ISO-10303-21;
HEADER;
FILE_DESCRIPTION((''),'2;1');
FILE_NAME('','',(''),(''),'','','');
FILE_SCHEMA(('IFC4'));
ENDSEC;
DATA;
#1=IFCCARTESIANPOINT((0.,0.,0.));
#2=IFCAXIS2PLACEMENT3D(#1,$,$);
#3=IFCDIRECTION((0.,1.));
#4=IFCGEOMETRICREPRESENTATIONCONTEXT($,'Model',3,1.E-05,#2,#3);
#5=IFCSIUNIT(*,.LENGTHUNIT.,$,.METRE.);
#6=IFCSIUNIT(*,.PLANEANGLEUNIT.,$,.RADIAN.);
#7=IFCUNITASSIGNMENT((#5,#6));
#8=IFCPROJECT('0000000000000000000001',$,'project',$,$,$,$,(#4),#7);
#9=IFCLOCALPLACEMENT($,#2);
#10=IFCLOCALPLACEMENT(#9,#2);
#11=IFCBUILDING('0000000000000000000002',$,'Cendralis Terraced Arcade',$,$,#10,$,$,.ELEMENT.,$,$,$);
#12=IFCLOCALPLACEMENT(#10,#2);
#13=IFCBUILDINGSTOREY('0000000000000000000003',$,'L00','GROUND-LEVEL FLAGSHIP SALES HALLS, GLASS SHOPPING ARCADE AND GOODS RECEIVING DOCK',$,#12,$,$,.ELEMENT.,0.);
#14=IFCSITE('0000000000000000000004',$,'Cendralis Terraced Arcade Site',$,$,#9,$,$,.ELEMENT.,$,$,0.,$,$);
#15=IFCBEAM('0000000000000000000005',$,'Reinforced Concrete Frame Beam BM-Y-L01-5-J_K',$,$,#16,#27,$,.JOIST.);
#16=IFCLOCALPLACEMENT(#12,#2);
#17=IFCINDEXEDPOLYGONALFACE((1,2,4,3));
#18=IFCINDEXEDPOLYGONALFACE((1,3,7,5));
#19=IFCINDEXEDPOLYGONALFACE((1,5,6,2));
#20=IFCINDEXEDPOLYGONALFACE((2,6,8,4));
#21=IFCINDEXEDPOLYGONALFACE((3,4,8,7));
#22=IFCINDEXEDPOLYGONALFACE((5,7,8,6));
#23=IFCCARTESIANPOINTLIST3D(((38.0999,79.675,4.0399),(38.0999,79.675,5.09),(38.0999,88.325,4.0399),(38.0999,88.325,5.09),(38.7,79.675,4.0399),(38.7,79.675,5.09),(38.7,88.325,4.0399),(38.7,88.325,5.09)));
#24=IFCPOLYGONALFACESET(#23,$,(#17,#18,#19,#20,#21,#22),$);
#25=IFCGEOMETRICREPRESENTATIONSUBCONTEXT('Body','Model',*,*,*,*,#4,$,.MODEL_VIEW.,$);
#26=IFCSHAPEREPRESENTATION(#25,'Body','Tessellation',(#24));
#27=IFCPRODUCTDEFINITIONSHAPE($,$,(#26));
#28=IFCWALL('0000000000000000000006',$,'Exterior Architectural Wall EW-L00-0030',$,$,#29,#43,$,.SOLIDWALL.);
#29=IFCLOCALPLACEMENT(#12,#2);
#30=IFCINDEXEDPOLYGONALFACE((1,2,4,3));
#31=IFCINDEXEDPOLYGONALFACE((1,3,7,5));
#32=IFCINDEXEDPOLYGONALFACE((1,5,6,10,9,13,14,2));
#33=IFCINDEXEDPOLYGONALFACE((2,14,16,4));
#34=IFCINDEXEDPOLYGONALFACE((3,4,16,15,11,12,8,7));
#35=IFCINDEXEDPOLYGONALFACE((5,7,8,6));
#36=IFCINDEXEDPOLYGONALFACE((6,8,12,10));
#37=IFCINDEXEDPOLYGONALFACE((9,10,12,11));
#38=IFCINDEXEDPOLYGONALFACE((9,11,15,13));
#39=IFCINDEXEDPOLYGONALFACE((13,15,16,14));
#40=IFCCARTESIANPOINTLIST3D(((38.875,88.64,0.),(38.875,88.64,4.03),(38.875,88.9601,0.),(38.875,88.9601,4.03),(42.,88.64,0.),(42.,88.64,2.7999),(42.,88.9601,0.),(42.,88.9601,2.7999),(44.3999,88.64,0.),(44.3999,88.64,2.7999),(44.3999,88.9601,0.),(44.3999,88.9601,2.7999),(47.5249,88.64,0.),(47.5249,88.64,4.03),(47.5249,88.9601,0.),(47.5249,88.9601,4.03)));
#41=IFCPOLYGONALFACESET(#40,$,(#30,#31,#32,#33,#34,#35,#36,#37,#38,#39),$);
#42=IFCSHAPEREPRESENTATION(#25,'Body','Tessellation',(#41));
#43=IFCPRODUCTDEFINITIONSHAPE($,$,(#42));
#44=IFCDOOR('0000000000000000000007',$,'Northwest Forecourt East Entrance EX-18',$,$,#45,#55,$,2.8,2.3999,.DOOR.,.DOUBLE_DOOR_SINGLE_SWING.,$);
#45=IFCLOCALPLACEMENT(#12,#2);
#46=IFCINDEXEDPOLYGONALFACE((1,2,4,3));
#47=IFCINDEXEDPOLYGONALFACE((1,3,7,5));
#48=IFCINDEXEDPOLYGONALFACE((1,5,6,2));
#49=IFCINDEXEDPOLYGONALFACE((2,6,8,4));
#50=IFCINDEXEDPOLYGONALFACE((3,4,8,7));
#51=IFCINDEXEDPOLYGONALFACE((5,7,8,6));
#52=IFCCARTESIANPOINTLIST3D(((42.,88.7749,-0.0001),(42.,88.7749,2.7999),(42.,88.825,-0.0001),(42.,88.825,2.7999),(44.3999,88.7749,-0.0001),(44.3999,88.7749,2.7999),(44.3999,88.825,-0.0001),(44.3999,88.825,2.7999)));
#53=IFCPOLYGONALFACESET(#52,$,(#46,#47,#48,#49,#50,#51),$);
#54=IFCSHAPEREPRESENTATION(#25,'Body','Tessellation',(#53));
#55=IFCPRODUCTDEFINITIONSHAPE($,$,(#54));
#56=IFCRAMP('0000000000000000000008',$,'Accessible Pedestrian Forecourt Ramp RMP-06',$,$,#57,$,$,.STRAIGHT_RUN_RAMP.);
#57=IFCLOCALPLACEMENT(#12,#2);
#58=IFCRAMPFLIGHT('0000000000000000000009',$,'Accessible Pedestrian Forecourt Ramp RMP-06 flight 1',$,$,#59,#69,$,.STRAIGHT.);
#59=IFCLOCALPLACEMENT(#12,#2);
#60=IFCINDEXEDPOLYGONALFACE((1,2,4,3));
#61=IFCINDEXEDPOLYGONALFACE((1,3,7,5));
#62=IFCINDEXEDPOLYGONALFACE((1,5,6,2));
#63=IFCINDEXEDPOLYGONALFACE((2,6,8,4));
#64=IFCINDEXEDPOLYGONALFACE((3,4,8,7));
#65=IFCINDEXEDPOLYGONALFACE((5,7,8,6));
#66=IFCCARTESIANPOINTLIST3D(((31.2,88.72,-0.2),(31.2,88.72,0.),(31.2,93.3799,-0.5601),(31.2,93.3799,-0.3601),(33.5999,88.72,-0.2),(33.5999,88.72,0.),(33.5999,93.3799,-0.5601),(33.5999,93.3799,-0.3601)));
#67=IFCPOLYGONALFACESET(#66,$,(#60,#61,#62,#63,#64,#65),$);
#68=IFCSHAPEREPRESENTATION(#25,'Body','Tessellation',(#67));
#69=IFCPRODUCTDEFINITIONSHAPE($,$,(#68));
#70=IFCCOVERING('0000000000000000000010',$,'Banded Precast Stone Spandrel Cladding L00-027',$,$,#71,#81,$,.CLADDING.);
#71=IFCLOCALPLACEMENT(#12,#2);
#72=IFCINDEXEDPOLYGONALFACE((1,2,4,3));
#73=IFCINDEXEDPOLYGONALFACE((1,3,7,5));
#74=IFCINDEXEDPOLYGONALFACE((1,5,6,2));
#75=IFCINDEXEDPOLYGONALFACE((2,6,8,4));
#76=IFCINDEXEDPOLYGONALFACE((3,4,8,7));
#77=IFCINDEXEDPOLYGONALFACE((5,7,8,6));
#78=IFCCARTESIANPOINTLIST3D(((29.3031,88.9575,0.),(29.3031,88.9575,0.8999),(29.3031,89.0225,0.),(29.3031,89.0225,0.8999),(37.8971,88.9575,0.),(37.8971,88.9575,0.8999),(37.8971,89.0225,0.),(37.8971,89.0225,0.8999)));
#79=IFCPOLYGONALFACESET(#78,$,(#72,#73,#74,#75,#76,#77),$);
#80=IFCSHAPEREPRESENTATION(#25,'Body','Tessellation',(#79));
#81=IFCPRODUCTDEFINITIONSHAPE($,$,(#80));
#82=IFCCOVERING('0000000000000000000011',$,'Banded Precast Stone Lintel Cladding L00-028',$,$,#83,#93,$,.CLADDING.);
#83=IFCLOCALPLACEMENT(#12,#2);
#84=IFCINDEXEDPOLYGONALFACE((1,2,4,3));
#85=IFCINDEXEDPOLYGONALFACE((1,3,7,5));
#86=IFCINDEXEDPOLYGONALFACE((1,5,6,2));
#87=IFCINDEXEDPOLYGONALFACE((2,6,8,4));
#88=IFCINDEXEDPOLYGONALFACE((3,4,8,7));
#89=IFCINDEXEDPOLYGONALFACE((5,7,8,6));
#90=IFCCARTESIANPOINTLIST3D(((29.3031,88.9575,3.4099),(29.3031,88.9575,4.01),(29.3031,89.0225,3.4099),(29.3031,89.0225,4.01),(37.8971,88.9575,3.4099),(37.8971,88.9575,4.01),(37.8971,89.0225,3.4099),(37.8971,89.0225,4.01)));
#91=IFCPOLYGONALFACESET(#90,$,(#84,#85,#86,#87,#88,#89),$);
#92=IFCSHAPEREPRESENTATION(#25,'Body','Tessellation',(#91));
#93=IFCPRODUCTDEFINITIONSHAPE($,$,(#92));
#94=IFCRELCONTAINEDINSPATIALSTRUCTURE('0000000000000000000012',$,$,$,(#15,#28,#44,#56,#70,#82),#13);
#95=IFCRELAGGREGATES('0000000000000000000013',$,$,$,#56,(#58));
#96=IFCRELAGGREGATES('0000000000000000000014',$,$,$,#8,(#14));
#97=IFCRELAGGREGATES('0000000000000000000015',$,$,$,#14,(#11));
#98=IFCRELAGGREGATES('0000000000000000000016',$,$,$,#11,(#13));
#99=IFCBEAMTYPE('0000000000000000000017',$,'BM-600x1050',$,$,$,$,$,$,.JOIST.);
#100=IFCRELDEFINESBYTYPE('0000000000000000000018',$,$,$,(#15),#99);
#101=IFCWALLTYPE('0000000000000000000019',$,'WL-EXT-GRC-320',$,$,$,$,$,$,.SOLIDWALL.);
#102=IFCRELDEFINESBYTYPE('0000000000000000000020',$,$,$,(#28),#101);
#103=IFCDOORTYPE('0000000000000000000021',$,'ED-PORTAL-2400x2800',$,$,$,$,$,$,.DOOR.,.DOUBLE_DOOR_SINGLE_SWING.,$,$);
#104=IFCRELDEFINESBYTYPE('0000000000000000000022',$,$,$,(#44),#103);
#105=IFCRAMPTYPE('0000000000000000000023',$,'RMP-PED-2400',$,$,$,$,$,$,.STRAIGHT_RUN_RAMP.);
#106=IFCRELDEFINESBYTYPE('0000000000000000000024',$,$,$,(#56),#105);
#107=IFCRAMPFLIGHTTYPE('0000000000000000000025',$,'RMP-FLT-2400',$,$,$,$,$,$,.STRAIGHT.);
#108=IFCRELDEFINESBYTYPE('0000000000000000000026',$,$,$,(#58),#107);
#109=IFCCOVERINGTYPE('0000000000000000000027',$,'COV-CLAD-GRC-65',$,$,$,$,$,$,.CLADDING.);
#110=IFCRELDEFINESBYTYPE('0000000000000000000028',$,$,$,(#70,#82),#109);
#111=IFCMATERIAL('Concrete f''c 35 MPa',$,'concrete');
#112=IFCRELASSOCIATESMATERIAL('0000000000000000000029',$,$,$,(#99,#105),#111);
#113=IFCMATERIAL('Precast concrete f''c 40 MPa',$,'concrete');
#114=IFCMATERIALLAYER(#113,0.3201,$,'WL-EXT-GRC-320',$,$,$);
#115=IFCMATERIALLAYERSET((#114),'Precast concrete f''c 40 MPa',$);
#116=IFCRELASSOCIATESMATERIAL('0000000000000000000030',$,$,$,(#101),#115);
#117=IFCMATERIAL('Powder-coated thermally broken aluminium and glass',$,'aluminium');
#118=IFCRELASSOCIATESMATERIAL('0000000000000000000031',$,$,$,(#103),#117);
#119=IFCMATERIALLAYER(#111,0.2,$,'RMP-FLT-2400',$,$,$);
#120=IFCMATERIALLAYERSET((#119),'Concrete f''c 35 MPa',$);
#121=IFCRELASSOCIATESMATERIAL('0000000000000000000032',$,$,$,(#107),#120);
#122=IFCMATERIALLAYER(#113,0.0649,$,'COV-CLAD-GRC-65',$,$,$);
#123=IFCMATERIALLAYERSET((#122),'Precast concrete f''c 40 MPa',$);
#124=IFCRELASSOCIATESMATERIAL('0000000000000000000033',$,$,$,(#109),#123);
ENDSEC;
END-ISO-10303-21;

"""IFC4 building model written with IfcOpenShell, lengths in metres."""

from ifc_helpers import new_model, si_unit, direction, frame, frame_2d, origin, origin_2d, place, context, subcontext, project, spatial, polyline, rectangle, outline, extrude, material, layer, layer_set, material_profile, profile_set, type_object, element, fill, aggregate, save


model = new_model("IFC4")

# Units and contexts
model_context = context("Model", 3, precision=1e-05, world=origin(), true_north=direction((0.0, 1.0)))
body_context = subcontext(model_context, "Body", "Model", "MODEL_VIEW")
ifc_project = project(units=[si_unit("LENGTHUNIT", "METRE"), si_unit("PLANEANGLEUNIT", "RADIAN")], contexts=[model_context])

# Site, building, storey
site_placement = place(None, origin())
site = spatial("IfcSite", under=ifc_project, at=site_placement, Name="Cendralis Terraced Arcade Site", CompositionType="ELEMENT", RefElevation=0.0)
building_placement = place(site_placement, origin())
building = spatial("IfcBuilding", under=site, at=building_placement, Name="Cendralis Terraced Arcade", CompositionType="ELEMENT")
storey_placement = place(building_placement, origin())
storey = spatial("IfcBuildingStorey", under=building, at=storey_placement, Name="L00", Description="GROUND-LEVEL FLAGSHIP SALES HALLS, GLASS SHOPPING ARCADE AND GOODS RECEIVING DOCK", CompositionType="ELEMENT", Elevation=0.0)

# Shared definitions
ifc_material_1 = material(Name="Concrete f'c 35 MPa", Category="concrete")

# Beam
ifc_material_profile_1 = material_profile(ifc_material_1, rectangle(XDim=0.6001, YDim=1.05, at=origin_2d()), Name="RC-BM-600x1050", Category="LoadBearing")
ifc_profile_set_1 = profile_set([ifc_material_profile_1], Name="Concrete f'c 35 MPa")
beam_type = type_object("IfcBeamType", Name="BM-600x1050", PredefinedType="JOIST", material=ifc_profile_set_1)
for number, where, z_axis, x_axis, name in (
    (1, (38.3999, 79.675, 4.5649), (0.0, 1.0, 0.0), (-1.0, 0.0, 0.0), "Reinforced Concrete Frame Beam BM-Y-L01-5-J_K"),
):
    element("IfcBeam", number, at=place(storey_placement, frame(where, z_axis=z_axis, x_axis=x_axis)), inside=storey, type_object=beam_type, Name=name, PredefinedType="JOIST", context=body_context, shape_type="SweptSolid", body=[
        extrude(rectangle(XDim=0.6001, YDim=1.05, at=origin_2d()), origin(), (0.0, 0.0, 1.0), 8.6499),
    ])

# Wall, opening, door
ifc_material_2 = material(Name="Precast concrete f'c 40 MPa", Category="concrete")
ifc_layer_1 = layer(ifc_material_2, 0.3201, Name="WL-EXT-GRC-320")
ifc_layer_set_1 = layer_set([ifc_layer_1], Name="Precast concrete f'c 40 MPa")
wall_type = type_object("IfcWallType", Name="WL-EXT-GRC-320", PredefinedType="SOLIDWALL", material=ifc_layer_set_1)
wall_placement = place(storey_placement, frame((38.875, 88.8, 0.0), z_axis=(0.0, 0.0, 1.0), x_axis=(1.0, 0.0, 0.0)))
wall = element("IfcWall", 2, at=wall_placement, inside=storey, type_object=wall_type, Name="Exterior Architectural Wall EW-L00-0030", PredefinedType="SOLIDWALL", context=body_context, shape_type="SweptSolid", body=[
    extrude(rectangle(XDim=8.6499, YDim=0.3201, at=frame_2d((4.325, 0.0))), origin(), (0.0, 0.0, 1.0), 4.03),
])
opening_placement = place(wall_placement, frame((3.125, 0.0, 0.0)))
opening = element("IfcOpeningElement", 3, at=opening_placement, cuts=wall, PredefinedType="OPENING", context=body_context, shape_type="SweptSolid", body=[
    extrude(rectangle(XDim=2.3999, YDim=2.8, at=frame_2d((1.2, 1.3999))), frame((0.0, 0.1719, 0.0), z_axis=(0.0, -1.0, 0.0), x_axis=(1.0, 0.0, 0.0)), (0.0, 0.0, 1.0), 0.344),
])
ifc_material_3 = material(Name="Powder-coated thermally broken aluminium and glass", Category="aluminium")
door_type = type_object("IfcDoorType", Name="ED-PORTAL-2400x2800", OperationType="DOUBLE_DOOR_SINGLE_SWING", PredefinedType="DOOR", material=ifc_material_3)
door_placement = place(opening_placement, origin())
door = element("IfcDoor", 4, at=door_placement, inside=storey, type_object=door_type, Name="Northwest Forecourt East Entrance EX-18", OperationType="DOUBLE_DOOR_SINGLE_SWING", OverallHeight=2.8, OverallWidth=2.3999, PredefinedType="DOOR", context=body_context, shape_type="SweptSolid", body=[
    extrude(rectangle(XDim=2.3999, YDim=2.8, at=frame_2d((1.2, 1.3999))), frame((0.0, 0.0249, 0.0), z_axis=(0.0, -1.0, 0.0), x_axis=(1.0, 0.0, 0.0)), (0.0, 0.0, 1.0), 0.05),
])
fill(opening, door)

# Ramp, ramp flight
ramp_type = type_object("IfcRampType", Name="RMP-PED-2400", PredefinedType="STRAIGHT_RUN_RAMP", material=ifc_material_1)
ramp_placement = place(storey_placement, origin())
ramp = element("IfcRamp", 5, at=ramp_placement, inside=storey, type_object=ramp_type, Name="Accessible Pedestrian Forecourt Ramp RMP-06", PredefinedType="STRAIGHT_RUN_RAMP")
ifc_layer_2 = layer(ifc_material_1, 0.2, Name="RMP-FLT-2400")
ifc_layer_set_2 = layer_set([ifc_layer_2], Name="Concrete f'c 35 MPa")
ramp_flight_type = type_object("IfcRampFlightType", Name="RMP-FLT-2400", PredefinedType="STRAIGHT", material=ifc_layer_set_2)
ramp_flight_placement = place(storey_placement, frame((32.3999, 93.3799, -0.3601), z_axis=(0.0, 0.0, 1.0), x_axis=(0.0, -1.0, 0.0)))
ramp_flight = element("IfcRampFlight", 6, at=ramp_flight_placement, type_object=ramp_flight_type, Name="Accessible Pedestrian Forecourt Ramp RMP-06 flight 1", PredefinedType="STRAIGHT", context=body_context, shape_type="SweptSolid", body=[
    extrude(outline(polyline([(0.0, -0.2), (4.6599, 0.1602), (4.6599, 0.3601), (0.0, 0.0), (0.0, -0.2)])), frame((0.0, 1.2, 0.0), z_axis=(0.0, -1.0, 0.0), x_axis=(1.0, 0.0, 0.0)), (0.0, 0.0, 1.0), 2.3999),
])
aggregate(ramp, [ramp_flight])

# Coverings
ifc_layer_3 = layer(ifc_material_2, 0.0649, Name="COV-CLAD-GRC-65")
ifc_layer_set_3 = layer_set([ifc_layer_3], Name="Precast concrete f'c 40 MPa")
covering_type = type_object("IfcCoveringType", Name="COV-CLAD-GRC-65", PredefinedType="CLADDING", material=ifc_layer_set_3)
covering_1_placement = place(storey_placement, frame((33.6001, 88.99, 0.0), z_axis=(0.0, 0.0, 1.0), x_axis=(1.0, 0.0, 0.0)))
element("IfcCovering", 7, at=covering_1_placement, inside=storey, type_object=covering_type, Name="Banded Precast Stone Spandrel Cladding L00-027", PredefinedType="CLADDING", context=body_context, shape_type="SweptSolid", body=[
    extrude(rectangle(XDim=8.594, YDim=0.0649, at=origin_2d()), origin(), (0.0, 0.0, 1.0), 0.8999),
])
covering_2_placement = place(storey_placement, frame((33.6001, 88.99, 3.4099), z_axis=(0.0, 0.0, 1.0), x_axis=(1.0, 0.0, 0.0)))
element("IfcCovering", 8, at=covering_2_placement, inside=storey, type_object=covering_type, Name="Banded Precast Stone Lintel Cladding L00-028", PredefinedType="CLADDING", context=body_context, shape_type="SweptSolid", body=[
    extrude(rectangle(XDim=8.594, YDim=0.0649, at=origin_2d()), origin(), (0.0, 0.0, 1.0), 0.6001),
])

save(model, "model.ifc")
